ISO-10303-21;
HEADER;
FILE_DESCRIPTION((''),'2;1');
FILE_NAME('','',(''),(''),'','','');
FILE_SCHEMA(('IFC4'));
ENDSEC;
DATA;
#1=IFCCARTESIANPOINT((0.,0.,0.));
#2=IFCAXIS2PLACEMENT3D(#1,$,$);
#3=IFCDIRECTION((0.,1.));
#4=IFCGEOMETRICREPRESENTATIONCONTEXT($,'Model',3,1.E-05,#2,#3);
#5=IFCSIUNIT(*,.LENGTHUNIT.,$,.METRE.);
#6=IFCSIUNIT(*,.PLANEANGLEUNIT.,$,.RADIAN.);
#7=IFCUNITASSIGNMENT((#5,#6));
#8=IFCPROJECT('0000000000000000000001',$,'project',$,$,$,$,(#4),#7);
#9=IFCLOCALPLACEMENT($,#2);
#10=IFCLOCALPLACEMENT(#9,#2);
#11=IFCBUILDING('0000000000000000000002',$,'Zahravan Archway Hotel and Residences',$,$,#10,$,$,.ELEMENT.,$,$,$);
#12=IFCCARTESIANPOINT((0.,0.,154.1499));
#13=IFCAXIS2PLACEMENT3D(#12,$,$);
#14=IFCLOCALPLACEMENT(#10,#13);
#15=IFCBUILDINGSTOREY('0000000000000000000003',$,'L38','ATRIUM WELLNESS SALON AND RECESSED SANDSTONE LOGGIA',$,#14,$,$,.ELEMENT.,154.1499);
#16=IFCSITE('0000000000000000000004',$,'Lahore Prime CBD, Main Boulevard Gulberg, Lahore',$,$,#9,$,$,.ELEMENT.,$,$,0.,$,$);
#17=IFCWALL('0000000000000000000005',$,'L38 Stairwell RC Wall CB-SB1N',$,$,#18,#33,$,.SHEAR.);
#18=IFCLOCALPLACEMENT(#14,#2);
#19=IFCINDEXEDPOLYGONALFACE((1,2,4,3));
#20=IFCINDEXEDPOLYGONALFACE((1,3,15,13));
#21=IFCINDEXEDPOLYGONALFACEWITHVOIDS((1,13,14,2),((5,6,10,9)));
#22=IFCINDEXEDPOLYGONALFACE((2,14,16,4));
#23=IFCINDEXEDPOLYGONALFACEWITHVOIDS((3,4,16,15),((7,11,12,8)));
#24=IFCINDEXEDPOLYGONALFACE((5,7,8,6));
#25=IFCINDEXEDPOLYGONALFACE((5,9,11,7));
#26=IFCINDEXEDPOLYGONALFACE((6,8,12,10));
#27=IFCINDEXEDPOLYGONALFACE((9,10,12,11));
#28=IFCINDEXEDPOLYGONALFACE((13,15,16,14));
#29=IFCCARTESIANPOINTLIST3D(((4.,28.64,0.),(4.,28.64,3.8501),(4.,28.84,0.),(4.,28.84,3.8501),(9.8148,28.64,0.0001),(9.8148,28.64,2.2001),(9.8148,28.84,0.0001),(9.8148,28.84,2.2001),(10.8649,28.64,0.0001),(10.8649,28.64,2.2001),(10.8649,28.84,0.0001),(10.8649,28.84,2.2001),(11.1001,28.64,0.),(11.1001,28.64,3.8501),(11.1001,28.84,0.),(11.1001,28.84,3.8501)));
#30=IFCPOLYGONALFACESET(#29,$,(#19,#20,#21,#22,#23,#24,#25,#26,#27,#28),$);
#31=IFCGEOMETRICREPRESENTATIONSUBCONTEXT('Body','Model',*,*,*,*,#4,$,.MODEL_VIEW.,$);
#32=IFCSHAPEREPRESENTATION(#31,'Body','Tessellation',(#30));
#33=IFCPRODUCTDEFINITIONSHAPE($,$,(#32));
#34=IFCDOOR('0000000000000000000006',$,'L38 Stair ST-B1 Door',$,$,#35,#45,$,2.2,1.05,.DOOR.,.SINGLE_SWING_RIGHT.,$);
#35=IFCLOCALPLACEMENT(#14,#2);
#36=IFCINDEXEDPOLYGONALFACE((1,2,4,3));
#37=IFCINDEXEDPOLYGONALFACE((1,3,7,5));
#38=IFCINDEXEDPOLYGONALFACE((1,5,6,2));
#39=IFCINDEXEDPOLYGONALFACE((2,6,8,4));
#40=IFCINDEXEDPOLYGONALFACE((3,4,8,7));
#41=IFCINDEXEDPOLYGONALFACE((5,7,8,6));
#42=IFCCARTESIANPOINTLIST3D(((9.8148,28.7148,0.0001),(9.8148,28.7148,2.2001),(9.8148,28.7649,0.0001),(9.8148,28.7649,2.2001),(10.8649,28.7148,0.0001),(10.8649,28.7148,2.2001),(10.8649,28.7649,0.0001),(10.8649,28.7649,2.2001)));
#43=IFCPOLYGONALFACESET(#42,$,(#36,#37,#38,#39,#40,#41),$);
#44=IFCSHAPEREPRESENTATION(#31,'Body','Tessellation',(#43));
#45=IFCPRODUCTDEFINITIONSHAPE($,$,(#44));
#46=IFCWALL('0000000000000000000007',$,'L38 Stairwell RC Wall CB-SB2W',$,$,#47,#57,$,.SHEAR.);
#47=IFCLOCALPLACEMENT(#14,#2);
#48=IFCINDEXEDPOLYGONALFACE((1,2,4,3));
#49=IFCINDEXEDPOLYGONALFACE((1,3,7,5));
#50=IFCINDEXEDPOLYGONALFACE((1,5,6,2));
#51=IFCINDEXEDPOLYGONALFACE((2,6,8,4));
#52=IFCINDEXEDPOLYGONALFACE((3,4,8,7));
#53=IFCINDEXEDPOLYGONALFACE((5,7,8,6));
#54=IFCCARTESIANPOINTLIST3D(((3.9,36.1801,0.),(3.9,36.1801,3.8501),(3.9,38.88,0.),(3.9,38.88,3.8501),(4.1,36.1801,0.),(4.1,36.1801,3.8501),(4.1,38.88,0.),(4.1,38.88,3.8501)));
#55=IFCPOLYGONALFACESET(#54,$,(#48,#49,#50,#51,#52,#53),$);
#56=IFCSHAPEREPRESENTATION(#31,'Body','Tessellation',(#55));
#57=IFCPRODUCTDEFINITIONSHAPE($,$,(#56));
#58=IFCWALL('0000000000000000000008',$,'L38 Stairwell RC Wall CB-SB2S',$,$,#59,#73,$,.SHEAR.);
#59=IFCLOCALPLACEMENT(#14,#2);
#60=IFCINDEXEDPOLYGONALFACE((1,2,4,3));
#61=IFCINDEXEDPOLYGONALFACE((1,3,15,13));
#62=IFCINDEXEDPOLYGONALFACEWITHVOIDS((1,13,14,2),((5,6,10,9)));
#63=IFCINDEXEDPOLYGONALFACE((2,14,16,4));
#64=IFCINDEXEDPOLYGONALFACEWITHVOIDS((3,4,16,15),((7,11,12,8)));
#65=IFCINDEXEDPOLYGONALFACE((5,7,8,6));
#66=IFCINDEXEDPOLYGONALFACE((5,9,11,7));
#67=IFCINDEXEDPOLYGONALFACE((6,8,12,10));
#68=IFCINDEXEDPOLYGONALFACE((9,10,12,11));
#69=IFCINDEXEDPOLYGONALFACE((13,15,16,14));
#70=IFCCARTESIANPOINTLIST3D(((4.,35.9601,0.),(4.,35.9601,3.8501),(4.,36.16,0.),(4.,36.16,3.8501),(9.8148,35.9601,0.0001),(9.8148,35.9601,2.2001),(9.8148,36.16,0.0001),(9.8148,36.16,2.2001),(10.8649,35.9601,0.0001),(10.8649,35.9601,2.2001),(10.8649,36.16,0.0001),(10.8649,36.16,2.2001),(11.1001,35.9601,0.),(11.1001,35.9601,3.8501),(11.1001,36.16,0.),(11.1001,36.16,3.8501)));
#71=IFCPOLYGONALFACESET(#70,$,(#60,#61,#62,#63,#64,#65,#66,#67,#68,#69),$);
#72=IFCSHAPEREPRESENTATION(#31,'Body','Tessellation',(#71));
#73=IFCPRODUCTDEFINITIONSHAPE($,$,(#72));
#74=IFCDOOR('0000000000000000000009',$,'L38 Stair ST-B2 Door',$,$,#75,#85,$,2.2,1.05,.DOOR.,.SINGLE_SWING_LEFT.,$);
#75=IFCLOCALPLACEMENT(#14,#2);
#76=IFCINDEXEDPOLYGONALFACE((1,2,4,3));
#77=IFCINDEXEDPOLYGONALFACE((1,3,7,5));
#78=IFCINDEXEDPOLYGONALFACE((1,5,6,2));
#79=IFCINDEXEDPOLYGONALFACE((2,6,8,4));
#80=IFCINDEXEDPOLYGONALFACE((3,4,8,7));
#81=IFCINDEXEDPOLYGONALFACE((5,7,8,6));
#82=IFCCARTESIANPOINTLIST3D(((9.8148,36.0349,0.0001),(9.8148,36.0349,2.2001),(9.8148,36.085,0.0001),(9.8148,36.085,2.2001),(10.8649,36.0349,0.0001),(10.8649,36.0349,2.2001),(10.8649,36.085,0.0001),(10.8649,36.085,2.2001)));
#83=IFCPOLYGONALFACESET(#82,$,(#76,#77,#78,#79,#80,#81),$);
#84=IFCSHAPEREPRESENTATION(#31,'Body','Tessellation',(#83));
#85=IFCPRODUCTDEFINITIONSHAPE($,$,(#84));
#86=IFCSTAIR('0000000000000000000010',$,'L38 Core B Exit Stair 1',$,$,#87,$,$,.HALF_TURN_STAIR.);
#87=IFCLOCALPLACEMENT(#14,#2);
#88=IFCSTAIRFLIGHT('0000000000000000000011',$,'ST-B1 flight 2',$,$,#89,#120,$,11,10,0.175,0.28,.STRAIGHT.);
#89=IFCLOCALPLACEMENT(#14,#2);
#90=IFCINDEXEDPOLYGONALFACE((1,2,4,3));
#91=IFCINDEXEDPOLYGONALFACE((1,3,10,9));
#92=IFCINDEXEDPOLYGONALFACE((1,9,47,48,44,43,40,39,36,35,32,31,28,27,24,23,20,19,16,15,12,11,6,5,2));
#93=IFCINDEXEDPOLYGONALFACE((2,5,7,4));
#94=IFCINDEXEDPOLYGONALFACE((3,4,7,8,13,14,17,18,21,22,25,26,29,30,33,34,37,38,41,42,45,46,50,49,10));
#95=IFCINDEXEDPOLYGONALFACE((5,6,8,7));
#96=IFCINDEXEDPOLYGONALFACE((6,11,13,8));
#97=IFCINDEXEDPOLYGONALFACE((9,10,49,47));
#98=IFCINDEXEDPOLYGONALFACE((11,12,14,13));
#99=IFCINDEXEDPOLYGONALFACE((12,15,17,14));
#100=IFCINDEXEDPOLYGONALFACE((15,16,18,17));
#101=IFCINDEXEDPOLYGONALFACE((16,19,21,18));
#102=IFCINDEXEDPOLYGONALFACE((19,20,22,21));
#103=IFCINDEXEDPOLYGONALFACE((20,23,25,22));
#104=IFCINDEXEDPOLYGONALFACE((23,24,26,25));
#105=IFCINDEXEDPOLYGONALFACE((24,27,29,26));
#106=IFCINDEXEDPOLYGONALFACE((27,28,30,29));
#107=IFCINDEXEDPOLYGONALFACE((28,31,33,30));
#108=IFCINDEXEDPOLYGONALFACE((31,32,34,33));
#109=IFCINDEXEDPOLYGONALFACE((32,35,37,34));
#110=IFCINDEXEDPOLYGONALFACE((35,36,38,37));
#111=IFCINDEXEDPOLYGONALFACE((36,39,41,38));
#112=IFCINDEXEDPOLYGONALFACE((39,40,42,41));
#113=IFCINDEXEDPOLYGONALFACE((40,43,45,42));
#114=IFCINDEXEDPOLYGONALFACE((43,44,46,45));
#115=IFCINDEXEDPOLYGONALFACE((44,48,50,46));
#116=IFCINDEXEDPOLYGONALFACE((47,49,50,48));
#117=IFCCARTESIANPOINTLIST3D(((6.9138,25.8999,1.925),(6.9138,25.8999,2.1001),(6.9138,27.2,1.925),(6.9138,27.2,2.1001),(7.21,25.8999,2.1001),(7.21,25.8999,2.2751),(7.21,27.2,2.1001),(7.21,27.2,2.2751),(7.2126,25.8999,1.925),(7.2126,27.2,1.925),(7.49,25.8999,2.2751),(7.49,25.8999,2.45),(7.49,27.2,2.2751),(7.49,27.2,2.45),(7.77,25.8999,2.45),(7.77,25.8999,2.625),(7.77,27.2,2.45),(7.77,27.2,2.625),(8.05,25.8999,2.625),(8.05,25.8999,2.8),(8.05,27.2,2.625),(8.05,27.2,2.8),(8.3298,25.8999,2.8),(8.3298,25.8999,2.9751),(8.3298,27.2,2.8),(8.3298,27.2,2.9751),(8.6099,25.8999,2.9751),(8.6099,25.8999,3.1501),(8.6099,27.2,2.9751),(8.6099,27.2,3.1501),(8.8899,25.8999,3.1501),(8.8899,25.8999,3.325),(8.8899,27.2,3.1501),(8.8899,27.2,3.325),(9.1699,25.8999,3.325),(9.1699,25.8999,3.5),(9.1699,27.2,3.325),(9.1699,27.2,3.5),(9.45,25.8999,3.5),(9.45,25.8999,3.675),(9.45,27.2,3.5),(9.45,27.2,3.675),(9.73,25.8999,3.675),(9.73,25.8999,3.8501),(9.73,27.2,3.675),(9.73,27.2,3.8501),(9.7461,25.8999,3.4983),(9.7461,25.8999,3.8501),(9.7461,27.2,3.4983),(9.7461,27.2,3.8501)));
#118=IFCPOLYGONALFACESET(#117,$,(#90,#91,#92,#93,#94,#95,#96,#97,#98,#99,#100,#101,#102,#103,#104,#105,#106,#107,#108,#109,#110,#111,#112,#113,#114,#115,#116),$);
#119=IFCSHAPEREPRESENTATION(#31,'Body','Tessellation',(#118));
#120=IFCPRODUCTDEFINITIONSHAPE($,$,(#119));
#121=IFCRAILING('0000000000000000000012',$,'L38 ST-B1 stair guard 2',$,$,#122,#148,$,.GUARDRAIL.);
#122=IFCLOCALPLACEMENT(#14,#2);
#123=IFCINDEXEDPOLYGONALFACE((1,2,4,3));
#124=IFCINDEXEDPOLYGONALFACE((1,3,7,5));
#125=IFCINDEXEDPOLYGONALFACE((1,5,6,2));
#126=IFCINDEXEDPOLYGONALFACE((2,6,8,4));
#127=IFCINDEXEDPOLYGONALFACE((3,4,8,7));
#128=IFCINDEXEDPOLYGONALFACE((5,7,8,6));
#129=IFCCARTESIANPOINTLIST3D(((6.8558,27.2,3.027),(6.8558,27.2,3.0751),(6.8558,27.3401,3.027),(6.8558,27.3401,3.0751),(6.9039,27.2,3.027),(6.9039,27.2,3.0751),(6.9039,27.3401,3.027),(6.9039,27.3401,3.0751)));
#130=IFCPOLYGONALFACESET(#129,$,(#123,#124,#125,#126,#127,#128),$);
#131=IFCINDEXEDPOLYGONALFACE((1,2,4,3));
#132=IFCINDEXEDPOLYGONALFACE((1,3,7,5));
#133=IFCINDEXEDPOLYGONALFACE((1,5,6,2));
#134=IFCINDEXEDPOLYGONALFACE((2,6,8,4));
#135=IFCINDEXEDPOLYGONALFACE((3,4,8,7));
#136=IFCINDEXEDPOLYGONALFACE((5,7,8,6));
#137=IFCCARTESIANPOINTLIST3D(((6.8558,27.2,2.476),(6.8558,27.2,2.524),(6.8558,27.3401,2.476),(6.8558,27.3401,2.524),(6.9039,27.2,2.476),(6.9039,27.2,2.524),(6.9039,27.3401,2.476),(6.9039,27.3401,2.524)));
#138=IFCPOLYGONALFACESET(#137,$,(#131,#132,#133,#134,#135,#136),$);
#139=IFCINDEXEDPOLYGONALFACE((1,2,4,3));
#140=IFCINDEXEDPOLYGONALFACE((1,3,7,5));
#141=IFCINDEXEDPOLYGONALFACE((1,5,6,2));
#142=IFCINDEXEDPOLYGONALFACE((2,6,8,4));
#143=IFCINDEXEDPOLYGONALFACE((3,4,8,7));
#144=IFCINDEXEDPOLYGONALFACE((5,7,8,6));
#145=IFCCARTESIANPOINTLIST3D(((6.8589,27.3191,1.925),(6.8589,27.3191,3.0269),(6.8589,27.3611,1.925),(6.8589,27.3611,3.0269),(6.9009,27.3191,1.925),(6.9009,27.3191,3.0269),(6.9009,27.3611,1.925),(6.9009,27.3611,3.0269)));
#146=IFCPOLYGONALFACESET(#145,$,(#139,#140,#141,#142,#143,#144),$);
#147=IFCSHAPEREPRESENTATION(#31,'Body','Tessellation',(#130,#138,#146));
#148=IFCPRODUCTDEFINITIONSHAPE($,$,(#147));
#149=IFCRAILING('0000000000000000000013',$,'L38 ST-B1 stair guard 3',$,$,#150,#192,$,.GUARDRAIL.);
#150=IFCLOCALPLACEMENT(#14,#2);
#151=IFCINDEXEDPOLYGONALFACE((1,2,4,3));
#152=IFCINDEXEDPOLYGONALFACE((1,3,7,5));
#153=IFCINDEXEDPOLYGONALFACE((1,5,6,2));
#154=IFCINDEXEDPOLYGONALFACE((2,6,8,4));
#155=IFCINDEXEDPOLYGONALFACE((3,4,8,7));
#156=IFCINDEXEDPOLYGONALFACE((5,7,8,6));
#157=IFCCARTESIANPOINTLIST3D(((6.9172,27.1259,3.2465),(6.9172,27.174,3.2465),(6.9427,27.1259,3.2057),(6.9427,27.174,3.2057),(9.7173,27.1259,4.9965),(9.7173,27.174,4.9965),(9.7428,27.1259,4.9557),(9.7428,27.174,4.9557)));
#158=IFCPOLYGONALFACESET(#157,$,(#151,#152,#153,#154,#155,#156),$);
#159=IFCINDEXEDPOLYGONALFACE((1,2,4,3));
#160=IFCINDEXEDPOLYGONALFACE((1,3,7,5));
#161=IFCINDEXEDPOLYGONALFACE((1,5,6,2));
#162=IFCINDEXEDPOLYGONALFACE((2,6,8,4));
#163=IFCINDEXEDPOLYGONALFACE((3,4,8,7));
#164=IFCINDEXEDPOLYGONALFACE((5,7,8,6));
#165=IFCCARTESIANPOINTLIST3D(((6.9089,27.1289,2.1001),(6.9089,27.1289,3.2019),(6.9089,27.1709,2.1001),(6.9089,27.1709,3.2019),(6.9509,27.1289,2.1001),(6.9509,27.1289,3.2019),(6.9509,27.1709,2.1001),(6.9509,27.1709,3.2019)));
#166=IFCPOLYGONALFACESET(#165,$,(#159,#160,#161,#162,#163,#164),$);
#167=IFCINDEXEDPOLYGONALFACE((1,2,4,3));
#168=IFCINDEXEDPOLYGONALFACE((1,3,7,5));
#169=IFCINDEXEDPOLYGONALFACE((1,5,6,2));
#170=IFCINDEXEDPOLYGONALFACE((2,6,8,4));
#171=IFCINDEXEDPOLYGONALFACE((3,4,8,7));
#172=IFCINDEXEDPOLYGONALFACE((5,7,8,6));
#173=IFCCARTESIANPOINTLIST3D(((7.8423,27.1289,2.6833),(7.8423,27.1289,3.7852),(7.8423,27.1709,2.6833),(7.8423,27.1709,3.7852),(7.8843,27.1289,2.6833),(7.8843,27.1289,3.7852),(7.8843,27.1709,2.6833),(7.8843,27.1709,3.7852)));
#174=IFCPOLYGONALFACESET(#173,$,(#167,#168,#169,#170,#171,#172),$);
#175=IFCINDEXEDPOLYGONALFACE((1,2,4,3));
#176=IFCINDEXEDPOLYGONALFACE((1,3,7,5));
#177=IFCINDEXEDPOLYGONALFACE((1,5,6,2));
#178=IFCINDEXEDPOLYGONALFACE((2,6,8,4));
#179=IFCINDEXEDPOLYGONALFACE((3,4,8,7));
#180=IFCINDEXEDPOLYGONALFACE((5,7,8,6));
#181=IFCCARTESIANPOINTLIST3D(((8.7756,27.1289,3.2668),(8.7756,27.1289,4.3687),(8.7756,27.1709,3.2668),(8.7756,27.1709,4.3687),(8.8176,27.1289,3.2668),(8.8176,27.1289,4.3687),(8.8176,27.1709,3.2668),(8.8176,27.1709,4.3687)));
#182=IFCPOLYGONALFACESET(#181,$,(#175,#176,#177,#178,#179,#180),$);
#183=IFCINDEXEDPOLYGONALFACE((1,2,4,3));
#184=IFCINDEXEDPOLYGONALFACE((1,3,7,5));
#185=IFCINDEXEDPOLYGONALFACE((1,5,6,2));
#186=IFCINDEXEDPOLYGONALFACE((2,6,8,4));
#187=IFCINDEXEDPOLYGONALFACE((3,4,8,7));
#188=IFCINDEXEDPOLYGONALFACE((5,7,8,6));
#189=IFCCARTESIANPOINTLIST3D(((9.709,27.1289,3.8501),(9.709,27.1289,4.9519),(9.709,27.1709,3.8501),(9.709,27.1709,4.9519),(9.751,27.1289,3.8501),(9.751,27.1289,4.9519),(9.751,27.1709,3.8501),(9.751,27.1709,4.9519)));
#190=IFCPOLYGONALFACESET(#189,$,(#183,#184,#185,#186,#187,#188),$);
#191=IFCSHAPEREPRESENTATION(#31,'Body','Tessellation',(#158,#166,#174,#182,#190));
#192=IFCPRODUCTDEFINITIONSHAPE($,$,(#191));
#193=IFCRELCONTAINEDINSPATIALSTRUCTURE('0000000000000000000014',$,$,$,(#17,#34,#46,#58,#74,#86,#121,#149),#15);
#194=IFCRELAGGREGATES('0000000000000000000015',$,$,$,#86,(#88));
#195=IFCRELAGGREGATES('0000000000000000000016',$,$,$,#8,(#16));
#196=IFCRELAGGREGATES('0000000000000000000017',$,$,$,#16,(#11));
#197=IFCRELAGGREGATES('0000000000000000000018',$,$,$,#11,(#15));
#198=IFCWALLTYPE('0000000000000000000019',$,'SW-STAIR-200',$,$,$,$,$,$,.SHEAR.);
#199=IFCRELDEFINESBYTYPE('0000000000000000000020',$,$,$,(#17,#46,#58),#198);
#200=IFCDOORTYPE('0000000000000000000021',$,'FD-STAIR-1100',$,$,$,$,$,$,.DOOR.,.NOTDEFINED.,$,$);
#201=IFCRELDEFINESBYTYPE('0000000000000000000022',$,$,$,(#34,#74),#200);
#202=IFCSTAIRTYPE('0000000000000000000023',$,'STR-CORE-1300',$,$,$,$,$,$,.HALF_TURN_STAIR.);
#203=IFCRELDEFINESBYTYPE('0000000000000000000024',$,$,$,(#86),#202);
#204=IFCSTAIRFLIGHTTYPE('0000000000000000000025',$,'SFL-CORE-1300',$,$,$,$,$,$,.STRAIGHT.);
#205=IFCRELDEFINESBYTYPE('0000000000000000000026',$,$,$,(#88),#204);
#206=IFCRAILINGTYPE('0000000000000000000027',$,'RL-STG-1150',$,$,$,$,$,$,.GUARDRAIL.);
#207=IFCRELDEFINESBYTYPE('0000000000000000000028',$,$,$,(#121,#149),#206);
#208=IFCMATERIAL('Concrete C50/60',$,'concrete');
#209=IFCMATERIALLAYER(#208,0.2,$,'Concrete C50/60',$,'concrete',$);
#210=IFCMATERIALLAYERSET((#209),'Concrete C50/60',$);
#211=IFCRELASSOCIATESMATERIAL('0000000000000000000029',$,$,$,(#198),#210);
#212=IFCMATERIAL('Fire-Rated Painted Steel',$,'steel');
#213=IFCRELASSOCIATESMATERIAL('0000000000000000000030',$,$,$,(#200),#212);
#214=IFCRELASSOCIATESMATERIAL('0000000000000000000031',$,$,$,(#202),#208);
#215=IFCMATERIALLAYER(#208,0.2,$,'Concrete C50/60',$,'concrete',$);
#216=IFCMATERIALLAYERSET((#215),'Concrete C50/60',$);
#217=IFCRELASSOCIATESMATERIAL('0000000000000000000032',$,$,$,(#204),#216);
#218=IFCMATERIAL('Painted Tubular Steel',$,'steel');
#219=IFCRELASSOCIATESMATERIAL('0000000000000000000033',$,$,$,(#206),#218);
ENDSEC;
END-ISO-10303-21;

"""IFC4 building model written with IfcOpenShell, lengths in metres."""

from ifc_helpers import new_model, si_unit, direction, frame, frame_2d, origin, origin_2d, place, context, subcontext, project, spatial, polyline, rectangle, outline, extrude, source, transform, mapped, material, layer, layer_set, type_object, type_shapes, element, fill, aggregate, save


model = new_model("IFC4")

# Units and contexts
model_context = context("Model", 3, precision=1e-05, world=origin(), true_north=direction((0.0, 1.0)))
body_context = subcontext(model_context, "Body", "Model", "MODEL_VIEW")
ifc_project = project(units=[si_unit("LENGTHUNIT", "METRE"), si_unit("PLANEANGLEUNIT", "RADIAN")], contexts=[model_context])

# Site, building, storey
site_placement = place(None, origin())
site = spatial("IfcSite", under=ifc_project, at=site_placement, Name="Lahore Prime CBD, Main Boulevard Gulberg, Lahore", CompositionType="ELEMENT", RefElevation=0.0)
building_placement = place(site_placement, origin())
building = spatial("IfcBuilding", under=site, at=building_placement, Name="Zahravan Archway Hotel and Residences", CompositionType="ELEMENT")
storey_placement = place(building_placement, frame((0.0, 0.0, 154.1499)))
storey = spatial("IfcBuildingStorey", under=building, at=storey_placement, Name="L38", Description="ATRIUM WELLNESS SALON AND RECESSED SANDSTONE LOGGIA", CompositionType="ELEMENT", Elevation=154.1499)

# Shared definitions
ifc_material_1 = material(Name="Fire-Rated Painted Steel", Category="steel")

# Shared definitions
ifc_material_2 = material(Name="Concrete C50/60", Category="concrete")
ifc_layer_1 = layer(ifc_material_2, 0.2, Name="Concrete C50/60", Category="concrete")
ifc_layer_set_1 = layer_set([ifc_layer_1], Name="Concrete C50/60")
wall_type_1 = type_object("IfcWallType", Name="SW-STAIR-200", PredefinedType="SHEAR", material=ifc_layer_set_1)

# Wall, opening, door
wall_1_placement = place(storey_placement, frame((4.0, 28.74, 0.0), z_axis=(0.0, 0.0, 1.0), x_axis=(1.0, 0.0, 0.0)))
wall_1 = element("IfcWall", 1, at=wall_1_placement, inside=storey, type_object=wall_type_1, Name="L38 Stairwell RC Wall CB-SB1N", PredefinedType="SHEAR", context=body_context, shape_type="SweptSolid", body=[
    extrude(rectangle(XDim=7.1001, YDim=0.2, at=frame_2d((3.55, 0.0))), origin(), (0.0, 0.0, 1.0), 3.8501),
])
opening_1_placement = place(wall_1_placement, frame((5.8149, 0.0, 0.0)))
opening_1 = element("IfcOpeningElement", 2, at=opening_1_placement, cuts=wall_1, PredefinedType="OPENING", context=body_context, shape_type="SweptSolid", body=[
    extrude(rectangle(XDim=1.05, YDim=2.2, at=frame_2d((0.5249, 1.1001))), frame((0.0, 0.1099, 0.0), z_axis=(0.0, -1.0, 0.0), x_axis=(1.0, 0.0, 0.0)), (0.0, 0.0, 1.0), 0.22),
])
door_type_1 = type_object("IfcDoorType", Name="FD-STAIR-1100", OperationType="NOTDEFINED", PredefinedType="DOOR", material=ifc_material_1)
shared_shape_1 = source(origin(), body_context, "Body", "SweptSolid", [
    extrude(rectangle(XDim=1.05, YDim=2.2, at=frame_2d((0.5249, 1.1001))), frame((0.0, 0.0249, 0.0), z_axis=(0.0, -1.0, 0.0), x_axis=(1.0, 0.0, 0.0)), (0.0, 0.0, 1.0), 0.05),
])
type_shapes(door_type_1, [shared_shape_1])
door_1_placement = place(opening_1_placement, origin())
door_1 = element("IfcDoor", 3, at=door_1_placement, inside=storey, type_object=door_type_1, Name="L38 Stair ST-B1 Door", OperationType="SINGLE_SWING_RIGHT", OverallHeight=2.2, OverallWidth=1.05, PredefinedType="DOOR", context=body_context, shape_type="MappedRepresentation", body=[
    mapped(shared_shape_1, transform((0.0, 0.0, 0.0), scale=1.0)),
])
fill(opening_1, door_1)

# Wall
wall_2_placement = place(storey_placement, frame((4.0, 36.1799, 0.0), z_axis=(0.0, 0.0, 1.0), x_axis=(0.0, 1.0, 0.0)))
element("IfcWall", 4, at=wall_2_placement, inside=storey, type_object=wall_type_1, Name="L38 Stairwell RC Wall CB-SB2W", PredefinedType="SHEAR", context=body_context, shape_type="SweptSolid", body=[
    extrude(rectangle(XDim=2.7, YDim=0.2, at=frame_2d((1.3501, 0.0))), origin(), (0.0, 0.0, 1.0), 3.8501),
])

# Wall, opening, door
wall_3_placement = place(storey_placement, frame((4.0, 36.0601, 0.0), z_axis=(0.0, 0.0, 1.0), x_axis=(1.0, 0.0, 0.0)))
wall_3 = element("IfcWall", 5, at=wall_3_placement, inside=storey, type_object=wall_type_1, Name="L38 Stairwell RC Wall CB-SB2S", PredefinedType="SHEAR", context=body_context, shape_type="SweptSolid", body=[
    extrude(rectangle(XDim=7.1001, YDim=0.2, at=frame_2d((3.55, 0.0))), origin(), (0.0, 0.0, 1.0), 3.8501),
])
opening_2_placement = place(wall_3_placement, frame((5.8149, 0.0, 0.0)))
opening_2 = element("IfcOpeningElement", 6, at=opening_2_placement, cuts=wall_3, PredefinedType="OPENING", context=body_context, shape_type="SweptSolid", body=[
    extrude(rectangle(XDim=1.05, YDim=2.2, at=frame_2d((0.5249, 1.1001))), frame((0.0, 0.1099, 0.0), z_axis=(0.0, -1.0, 0.0), x_axis=(1.0, 0.0, 0.0)), (0.0, 0.0, 1.0), 0.22),
])
door_2_placement = place(opening_2_placement, origin())
door_2 = element("IfcDoor", 7, at=door_2_placement, inside=storey, type_object=door_type_1, Name="L38 Stair ST-B2 Door", OperationType="SINGLE_SWING_LEFT", OverallHeight=2.2, OverallWidth=1.05, PredefinedType="DOOR", context=body_context, shape_type="MappedRepresentation", body=[
    mapped(shared_shape_1, transform((0.0, 0.0, 0.0), scale=1.0)),
])
fill(opening_2, door_2)

# Stair, stair flight
stair_type = type_object("IfcStairType", Name="STR-CORE-1300", PredefinedType="HALF_TURN_STAIR", material=ifc_material_2)
stair_placement = place(storey_placement, origin())
stair = element("IfcStair", 8, at=stair_placement, inside=storey, type_object=stair_type, Name="L38 Core B Exit Stair 1", PredefinedType="HALF_TURN_STAIR")
ifc_layer_2 = layer(ifc_material_2, 0.2, Name="Concrete C50/60", Category="concrete")
ifc_layer_set_2 = layer_set([ifc_layer_2], Name="Concrete C50/60")
stair_flight_type = type_object("IfcStairFlightType", Name="SFL-CORE-1300", PredefinedType="STRAIGHT", material=ifc_layer_set_2)
shared_shape_2 = source(origin(), body_context, "Body", "SweptSolid", [
    extrude(outline(polyline([(-0.0161, 0.0), (-0.0161, 0.175), (0.28, 0.175), (0.28, 0.3501), (0.5601, 0.3501), (0.5601, 0.5249), (0.8401, 0.5249), (0.8401, 0.7), (1.1201, 0.7), (1.1201, 0.875), (1.3999, 0.875), (1.3999, 1.05), (1.6799, 1.05), (1.6799, 1.2251), (1.96, 1.2251), (1.96, 1.3999), (2.24, 1.3999), (2.24, 1.575), (2.52, 1.575), (2.52, 1.75), (2.8, 1.75), (2.8, 1.925), (2.8162, 1.925), (2.8162, 1.5732), (0.2827, 0.0), (-0.0161, 0.0)])), frame((0.0, 0.6499, 0.0), z_axis=(0.0, -1.0, 0.0), x_axis=(1.0, 0.0, 0.0)), (0.0, 0.0, 1.0), 1.3),
])
stair_flight_placement = place(storey_placement, frame((6.9299, 26.55, 1.925), z_axis=(0.0, 0.0, 1.0), x_axis=(1.0, 0.0, 0.0)))
stair_flight = element("IfcStairFlight", 9, at=stair_flight_placement, type_object=stair_flight_type, Name="ST-B1 flight 2", NumberOfRisers=11, NumberOfTreads=10, PredefinedType="STRAIGHT", RiserHeight=0.175, TreadLength=0.28, context=body_context, shape_type="MappedRepresentation", body=[
    mapped(shared_shape_2, transform((0.0, 0.0, 0.0), scale=1.0)),
])
aggregate(stair, [stair_flight])

# Railings
ifc_material_3 = material(Name="Painted Tubular Steel", Category="steel")
railing_type_1 = type_object("IfcRailingType", Name="RL-STG-1150", PredefinedType="GUARDRAIL", material=ifc_material_3)
railing_1_placement = place(storey_placement, frame((6.8799, 27.3401, 1.925)))
element("IfcRailing", 10, at=railing_1_placement, inside=storey, type_object=railing_type_1, Name="L38 ST-B1 stair guard 2", PredefinedType="GUARDRAIL", context=body_context, shape_type="SweptSolid", body=[
    extrude(rectangle(XDim=0.0481, YDim=0.0481, at=origin_2d()), frame((0.0, 0.0, 1.126), z_axis=(0.0, -1.0, 0.0), x_axis=(1.0, 0.0, 0.0)), (0.0, 0.0, 1.0), 0.1401),
    extrude(rectangle(XDim=0.0481, YDim=0.0481, at=origin_2d()), frame((0.0, 0.0, 0.575), z_axis=(0.0, -1.0, 0.0), x_axis=(1.0, 0.0, 0.0)), (0.0, 0.0, 1.0), 0.1401),
    extrude(rectangle(XDim=0.042, YDim=0.042, at=origin_2d()), origin(), (0.0, 0.0, 1.0), 1.1018),
])
railing_2_placement = place(storey_placement, frame((6.9299, 27.1499, 2.1001)))
element("IfcRailing", 11, at=railing_2_placement, inside=storey, type_object=railing_type_1, Name="L38 ST-B1 stair guard 3", PredefinedType="GUARDRAIL", context=body_context, shape_type="SweptSolid", body=[
    extrude(rectangle(XDim=0.0481, YDim=0.0481, at=origin_2d()), frame((0.0, 0.0, 1.126), z_axis=(0.848002, 0.0, 0.529992), x_axis=(0.0, 1.0, 0.0)), (0.0, 0.0, 1.0), 3.302),
    extrude(rectangle(XDim=0.042, YDim=0.042, at=origin_2d()), origin(), (0.0, 0.0, 1.0), 1.1018),
    extrude(rectangle(XDim=0.042, YDim=0.042, at=origin_2d()), frame((0.9333, 0.0, 0.5833)), (0.0, 0.0, 1.0), 1.1018),
    extrude(rectangle(XDim=0.042, YDim=0.042, at=origin_2d()), frame((1.8667, 0.0, 1.1667)), (0.0, 0.0, 1.0), 1.1018),
    extrude(rectangle(XDim=0.042, YDim=0.042, at=origin_2d()), frame((2.8, 0.0, 1.75)), (0.0, 0.0, 1.0), 1.1018),
])

save(model, "model.ifc")
